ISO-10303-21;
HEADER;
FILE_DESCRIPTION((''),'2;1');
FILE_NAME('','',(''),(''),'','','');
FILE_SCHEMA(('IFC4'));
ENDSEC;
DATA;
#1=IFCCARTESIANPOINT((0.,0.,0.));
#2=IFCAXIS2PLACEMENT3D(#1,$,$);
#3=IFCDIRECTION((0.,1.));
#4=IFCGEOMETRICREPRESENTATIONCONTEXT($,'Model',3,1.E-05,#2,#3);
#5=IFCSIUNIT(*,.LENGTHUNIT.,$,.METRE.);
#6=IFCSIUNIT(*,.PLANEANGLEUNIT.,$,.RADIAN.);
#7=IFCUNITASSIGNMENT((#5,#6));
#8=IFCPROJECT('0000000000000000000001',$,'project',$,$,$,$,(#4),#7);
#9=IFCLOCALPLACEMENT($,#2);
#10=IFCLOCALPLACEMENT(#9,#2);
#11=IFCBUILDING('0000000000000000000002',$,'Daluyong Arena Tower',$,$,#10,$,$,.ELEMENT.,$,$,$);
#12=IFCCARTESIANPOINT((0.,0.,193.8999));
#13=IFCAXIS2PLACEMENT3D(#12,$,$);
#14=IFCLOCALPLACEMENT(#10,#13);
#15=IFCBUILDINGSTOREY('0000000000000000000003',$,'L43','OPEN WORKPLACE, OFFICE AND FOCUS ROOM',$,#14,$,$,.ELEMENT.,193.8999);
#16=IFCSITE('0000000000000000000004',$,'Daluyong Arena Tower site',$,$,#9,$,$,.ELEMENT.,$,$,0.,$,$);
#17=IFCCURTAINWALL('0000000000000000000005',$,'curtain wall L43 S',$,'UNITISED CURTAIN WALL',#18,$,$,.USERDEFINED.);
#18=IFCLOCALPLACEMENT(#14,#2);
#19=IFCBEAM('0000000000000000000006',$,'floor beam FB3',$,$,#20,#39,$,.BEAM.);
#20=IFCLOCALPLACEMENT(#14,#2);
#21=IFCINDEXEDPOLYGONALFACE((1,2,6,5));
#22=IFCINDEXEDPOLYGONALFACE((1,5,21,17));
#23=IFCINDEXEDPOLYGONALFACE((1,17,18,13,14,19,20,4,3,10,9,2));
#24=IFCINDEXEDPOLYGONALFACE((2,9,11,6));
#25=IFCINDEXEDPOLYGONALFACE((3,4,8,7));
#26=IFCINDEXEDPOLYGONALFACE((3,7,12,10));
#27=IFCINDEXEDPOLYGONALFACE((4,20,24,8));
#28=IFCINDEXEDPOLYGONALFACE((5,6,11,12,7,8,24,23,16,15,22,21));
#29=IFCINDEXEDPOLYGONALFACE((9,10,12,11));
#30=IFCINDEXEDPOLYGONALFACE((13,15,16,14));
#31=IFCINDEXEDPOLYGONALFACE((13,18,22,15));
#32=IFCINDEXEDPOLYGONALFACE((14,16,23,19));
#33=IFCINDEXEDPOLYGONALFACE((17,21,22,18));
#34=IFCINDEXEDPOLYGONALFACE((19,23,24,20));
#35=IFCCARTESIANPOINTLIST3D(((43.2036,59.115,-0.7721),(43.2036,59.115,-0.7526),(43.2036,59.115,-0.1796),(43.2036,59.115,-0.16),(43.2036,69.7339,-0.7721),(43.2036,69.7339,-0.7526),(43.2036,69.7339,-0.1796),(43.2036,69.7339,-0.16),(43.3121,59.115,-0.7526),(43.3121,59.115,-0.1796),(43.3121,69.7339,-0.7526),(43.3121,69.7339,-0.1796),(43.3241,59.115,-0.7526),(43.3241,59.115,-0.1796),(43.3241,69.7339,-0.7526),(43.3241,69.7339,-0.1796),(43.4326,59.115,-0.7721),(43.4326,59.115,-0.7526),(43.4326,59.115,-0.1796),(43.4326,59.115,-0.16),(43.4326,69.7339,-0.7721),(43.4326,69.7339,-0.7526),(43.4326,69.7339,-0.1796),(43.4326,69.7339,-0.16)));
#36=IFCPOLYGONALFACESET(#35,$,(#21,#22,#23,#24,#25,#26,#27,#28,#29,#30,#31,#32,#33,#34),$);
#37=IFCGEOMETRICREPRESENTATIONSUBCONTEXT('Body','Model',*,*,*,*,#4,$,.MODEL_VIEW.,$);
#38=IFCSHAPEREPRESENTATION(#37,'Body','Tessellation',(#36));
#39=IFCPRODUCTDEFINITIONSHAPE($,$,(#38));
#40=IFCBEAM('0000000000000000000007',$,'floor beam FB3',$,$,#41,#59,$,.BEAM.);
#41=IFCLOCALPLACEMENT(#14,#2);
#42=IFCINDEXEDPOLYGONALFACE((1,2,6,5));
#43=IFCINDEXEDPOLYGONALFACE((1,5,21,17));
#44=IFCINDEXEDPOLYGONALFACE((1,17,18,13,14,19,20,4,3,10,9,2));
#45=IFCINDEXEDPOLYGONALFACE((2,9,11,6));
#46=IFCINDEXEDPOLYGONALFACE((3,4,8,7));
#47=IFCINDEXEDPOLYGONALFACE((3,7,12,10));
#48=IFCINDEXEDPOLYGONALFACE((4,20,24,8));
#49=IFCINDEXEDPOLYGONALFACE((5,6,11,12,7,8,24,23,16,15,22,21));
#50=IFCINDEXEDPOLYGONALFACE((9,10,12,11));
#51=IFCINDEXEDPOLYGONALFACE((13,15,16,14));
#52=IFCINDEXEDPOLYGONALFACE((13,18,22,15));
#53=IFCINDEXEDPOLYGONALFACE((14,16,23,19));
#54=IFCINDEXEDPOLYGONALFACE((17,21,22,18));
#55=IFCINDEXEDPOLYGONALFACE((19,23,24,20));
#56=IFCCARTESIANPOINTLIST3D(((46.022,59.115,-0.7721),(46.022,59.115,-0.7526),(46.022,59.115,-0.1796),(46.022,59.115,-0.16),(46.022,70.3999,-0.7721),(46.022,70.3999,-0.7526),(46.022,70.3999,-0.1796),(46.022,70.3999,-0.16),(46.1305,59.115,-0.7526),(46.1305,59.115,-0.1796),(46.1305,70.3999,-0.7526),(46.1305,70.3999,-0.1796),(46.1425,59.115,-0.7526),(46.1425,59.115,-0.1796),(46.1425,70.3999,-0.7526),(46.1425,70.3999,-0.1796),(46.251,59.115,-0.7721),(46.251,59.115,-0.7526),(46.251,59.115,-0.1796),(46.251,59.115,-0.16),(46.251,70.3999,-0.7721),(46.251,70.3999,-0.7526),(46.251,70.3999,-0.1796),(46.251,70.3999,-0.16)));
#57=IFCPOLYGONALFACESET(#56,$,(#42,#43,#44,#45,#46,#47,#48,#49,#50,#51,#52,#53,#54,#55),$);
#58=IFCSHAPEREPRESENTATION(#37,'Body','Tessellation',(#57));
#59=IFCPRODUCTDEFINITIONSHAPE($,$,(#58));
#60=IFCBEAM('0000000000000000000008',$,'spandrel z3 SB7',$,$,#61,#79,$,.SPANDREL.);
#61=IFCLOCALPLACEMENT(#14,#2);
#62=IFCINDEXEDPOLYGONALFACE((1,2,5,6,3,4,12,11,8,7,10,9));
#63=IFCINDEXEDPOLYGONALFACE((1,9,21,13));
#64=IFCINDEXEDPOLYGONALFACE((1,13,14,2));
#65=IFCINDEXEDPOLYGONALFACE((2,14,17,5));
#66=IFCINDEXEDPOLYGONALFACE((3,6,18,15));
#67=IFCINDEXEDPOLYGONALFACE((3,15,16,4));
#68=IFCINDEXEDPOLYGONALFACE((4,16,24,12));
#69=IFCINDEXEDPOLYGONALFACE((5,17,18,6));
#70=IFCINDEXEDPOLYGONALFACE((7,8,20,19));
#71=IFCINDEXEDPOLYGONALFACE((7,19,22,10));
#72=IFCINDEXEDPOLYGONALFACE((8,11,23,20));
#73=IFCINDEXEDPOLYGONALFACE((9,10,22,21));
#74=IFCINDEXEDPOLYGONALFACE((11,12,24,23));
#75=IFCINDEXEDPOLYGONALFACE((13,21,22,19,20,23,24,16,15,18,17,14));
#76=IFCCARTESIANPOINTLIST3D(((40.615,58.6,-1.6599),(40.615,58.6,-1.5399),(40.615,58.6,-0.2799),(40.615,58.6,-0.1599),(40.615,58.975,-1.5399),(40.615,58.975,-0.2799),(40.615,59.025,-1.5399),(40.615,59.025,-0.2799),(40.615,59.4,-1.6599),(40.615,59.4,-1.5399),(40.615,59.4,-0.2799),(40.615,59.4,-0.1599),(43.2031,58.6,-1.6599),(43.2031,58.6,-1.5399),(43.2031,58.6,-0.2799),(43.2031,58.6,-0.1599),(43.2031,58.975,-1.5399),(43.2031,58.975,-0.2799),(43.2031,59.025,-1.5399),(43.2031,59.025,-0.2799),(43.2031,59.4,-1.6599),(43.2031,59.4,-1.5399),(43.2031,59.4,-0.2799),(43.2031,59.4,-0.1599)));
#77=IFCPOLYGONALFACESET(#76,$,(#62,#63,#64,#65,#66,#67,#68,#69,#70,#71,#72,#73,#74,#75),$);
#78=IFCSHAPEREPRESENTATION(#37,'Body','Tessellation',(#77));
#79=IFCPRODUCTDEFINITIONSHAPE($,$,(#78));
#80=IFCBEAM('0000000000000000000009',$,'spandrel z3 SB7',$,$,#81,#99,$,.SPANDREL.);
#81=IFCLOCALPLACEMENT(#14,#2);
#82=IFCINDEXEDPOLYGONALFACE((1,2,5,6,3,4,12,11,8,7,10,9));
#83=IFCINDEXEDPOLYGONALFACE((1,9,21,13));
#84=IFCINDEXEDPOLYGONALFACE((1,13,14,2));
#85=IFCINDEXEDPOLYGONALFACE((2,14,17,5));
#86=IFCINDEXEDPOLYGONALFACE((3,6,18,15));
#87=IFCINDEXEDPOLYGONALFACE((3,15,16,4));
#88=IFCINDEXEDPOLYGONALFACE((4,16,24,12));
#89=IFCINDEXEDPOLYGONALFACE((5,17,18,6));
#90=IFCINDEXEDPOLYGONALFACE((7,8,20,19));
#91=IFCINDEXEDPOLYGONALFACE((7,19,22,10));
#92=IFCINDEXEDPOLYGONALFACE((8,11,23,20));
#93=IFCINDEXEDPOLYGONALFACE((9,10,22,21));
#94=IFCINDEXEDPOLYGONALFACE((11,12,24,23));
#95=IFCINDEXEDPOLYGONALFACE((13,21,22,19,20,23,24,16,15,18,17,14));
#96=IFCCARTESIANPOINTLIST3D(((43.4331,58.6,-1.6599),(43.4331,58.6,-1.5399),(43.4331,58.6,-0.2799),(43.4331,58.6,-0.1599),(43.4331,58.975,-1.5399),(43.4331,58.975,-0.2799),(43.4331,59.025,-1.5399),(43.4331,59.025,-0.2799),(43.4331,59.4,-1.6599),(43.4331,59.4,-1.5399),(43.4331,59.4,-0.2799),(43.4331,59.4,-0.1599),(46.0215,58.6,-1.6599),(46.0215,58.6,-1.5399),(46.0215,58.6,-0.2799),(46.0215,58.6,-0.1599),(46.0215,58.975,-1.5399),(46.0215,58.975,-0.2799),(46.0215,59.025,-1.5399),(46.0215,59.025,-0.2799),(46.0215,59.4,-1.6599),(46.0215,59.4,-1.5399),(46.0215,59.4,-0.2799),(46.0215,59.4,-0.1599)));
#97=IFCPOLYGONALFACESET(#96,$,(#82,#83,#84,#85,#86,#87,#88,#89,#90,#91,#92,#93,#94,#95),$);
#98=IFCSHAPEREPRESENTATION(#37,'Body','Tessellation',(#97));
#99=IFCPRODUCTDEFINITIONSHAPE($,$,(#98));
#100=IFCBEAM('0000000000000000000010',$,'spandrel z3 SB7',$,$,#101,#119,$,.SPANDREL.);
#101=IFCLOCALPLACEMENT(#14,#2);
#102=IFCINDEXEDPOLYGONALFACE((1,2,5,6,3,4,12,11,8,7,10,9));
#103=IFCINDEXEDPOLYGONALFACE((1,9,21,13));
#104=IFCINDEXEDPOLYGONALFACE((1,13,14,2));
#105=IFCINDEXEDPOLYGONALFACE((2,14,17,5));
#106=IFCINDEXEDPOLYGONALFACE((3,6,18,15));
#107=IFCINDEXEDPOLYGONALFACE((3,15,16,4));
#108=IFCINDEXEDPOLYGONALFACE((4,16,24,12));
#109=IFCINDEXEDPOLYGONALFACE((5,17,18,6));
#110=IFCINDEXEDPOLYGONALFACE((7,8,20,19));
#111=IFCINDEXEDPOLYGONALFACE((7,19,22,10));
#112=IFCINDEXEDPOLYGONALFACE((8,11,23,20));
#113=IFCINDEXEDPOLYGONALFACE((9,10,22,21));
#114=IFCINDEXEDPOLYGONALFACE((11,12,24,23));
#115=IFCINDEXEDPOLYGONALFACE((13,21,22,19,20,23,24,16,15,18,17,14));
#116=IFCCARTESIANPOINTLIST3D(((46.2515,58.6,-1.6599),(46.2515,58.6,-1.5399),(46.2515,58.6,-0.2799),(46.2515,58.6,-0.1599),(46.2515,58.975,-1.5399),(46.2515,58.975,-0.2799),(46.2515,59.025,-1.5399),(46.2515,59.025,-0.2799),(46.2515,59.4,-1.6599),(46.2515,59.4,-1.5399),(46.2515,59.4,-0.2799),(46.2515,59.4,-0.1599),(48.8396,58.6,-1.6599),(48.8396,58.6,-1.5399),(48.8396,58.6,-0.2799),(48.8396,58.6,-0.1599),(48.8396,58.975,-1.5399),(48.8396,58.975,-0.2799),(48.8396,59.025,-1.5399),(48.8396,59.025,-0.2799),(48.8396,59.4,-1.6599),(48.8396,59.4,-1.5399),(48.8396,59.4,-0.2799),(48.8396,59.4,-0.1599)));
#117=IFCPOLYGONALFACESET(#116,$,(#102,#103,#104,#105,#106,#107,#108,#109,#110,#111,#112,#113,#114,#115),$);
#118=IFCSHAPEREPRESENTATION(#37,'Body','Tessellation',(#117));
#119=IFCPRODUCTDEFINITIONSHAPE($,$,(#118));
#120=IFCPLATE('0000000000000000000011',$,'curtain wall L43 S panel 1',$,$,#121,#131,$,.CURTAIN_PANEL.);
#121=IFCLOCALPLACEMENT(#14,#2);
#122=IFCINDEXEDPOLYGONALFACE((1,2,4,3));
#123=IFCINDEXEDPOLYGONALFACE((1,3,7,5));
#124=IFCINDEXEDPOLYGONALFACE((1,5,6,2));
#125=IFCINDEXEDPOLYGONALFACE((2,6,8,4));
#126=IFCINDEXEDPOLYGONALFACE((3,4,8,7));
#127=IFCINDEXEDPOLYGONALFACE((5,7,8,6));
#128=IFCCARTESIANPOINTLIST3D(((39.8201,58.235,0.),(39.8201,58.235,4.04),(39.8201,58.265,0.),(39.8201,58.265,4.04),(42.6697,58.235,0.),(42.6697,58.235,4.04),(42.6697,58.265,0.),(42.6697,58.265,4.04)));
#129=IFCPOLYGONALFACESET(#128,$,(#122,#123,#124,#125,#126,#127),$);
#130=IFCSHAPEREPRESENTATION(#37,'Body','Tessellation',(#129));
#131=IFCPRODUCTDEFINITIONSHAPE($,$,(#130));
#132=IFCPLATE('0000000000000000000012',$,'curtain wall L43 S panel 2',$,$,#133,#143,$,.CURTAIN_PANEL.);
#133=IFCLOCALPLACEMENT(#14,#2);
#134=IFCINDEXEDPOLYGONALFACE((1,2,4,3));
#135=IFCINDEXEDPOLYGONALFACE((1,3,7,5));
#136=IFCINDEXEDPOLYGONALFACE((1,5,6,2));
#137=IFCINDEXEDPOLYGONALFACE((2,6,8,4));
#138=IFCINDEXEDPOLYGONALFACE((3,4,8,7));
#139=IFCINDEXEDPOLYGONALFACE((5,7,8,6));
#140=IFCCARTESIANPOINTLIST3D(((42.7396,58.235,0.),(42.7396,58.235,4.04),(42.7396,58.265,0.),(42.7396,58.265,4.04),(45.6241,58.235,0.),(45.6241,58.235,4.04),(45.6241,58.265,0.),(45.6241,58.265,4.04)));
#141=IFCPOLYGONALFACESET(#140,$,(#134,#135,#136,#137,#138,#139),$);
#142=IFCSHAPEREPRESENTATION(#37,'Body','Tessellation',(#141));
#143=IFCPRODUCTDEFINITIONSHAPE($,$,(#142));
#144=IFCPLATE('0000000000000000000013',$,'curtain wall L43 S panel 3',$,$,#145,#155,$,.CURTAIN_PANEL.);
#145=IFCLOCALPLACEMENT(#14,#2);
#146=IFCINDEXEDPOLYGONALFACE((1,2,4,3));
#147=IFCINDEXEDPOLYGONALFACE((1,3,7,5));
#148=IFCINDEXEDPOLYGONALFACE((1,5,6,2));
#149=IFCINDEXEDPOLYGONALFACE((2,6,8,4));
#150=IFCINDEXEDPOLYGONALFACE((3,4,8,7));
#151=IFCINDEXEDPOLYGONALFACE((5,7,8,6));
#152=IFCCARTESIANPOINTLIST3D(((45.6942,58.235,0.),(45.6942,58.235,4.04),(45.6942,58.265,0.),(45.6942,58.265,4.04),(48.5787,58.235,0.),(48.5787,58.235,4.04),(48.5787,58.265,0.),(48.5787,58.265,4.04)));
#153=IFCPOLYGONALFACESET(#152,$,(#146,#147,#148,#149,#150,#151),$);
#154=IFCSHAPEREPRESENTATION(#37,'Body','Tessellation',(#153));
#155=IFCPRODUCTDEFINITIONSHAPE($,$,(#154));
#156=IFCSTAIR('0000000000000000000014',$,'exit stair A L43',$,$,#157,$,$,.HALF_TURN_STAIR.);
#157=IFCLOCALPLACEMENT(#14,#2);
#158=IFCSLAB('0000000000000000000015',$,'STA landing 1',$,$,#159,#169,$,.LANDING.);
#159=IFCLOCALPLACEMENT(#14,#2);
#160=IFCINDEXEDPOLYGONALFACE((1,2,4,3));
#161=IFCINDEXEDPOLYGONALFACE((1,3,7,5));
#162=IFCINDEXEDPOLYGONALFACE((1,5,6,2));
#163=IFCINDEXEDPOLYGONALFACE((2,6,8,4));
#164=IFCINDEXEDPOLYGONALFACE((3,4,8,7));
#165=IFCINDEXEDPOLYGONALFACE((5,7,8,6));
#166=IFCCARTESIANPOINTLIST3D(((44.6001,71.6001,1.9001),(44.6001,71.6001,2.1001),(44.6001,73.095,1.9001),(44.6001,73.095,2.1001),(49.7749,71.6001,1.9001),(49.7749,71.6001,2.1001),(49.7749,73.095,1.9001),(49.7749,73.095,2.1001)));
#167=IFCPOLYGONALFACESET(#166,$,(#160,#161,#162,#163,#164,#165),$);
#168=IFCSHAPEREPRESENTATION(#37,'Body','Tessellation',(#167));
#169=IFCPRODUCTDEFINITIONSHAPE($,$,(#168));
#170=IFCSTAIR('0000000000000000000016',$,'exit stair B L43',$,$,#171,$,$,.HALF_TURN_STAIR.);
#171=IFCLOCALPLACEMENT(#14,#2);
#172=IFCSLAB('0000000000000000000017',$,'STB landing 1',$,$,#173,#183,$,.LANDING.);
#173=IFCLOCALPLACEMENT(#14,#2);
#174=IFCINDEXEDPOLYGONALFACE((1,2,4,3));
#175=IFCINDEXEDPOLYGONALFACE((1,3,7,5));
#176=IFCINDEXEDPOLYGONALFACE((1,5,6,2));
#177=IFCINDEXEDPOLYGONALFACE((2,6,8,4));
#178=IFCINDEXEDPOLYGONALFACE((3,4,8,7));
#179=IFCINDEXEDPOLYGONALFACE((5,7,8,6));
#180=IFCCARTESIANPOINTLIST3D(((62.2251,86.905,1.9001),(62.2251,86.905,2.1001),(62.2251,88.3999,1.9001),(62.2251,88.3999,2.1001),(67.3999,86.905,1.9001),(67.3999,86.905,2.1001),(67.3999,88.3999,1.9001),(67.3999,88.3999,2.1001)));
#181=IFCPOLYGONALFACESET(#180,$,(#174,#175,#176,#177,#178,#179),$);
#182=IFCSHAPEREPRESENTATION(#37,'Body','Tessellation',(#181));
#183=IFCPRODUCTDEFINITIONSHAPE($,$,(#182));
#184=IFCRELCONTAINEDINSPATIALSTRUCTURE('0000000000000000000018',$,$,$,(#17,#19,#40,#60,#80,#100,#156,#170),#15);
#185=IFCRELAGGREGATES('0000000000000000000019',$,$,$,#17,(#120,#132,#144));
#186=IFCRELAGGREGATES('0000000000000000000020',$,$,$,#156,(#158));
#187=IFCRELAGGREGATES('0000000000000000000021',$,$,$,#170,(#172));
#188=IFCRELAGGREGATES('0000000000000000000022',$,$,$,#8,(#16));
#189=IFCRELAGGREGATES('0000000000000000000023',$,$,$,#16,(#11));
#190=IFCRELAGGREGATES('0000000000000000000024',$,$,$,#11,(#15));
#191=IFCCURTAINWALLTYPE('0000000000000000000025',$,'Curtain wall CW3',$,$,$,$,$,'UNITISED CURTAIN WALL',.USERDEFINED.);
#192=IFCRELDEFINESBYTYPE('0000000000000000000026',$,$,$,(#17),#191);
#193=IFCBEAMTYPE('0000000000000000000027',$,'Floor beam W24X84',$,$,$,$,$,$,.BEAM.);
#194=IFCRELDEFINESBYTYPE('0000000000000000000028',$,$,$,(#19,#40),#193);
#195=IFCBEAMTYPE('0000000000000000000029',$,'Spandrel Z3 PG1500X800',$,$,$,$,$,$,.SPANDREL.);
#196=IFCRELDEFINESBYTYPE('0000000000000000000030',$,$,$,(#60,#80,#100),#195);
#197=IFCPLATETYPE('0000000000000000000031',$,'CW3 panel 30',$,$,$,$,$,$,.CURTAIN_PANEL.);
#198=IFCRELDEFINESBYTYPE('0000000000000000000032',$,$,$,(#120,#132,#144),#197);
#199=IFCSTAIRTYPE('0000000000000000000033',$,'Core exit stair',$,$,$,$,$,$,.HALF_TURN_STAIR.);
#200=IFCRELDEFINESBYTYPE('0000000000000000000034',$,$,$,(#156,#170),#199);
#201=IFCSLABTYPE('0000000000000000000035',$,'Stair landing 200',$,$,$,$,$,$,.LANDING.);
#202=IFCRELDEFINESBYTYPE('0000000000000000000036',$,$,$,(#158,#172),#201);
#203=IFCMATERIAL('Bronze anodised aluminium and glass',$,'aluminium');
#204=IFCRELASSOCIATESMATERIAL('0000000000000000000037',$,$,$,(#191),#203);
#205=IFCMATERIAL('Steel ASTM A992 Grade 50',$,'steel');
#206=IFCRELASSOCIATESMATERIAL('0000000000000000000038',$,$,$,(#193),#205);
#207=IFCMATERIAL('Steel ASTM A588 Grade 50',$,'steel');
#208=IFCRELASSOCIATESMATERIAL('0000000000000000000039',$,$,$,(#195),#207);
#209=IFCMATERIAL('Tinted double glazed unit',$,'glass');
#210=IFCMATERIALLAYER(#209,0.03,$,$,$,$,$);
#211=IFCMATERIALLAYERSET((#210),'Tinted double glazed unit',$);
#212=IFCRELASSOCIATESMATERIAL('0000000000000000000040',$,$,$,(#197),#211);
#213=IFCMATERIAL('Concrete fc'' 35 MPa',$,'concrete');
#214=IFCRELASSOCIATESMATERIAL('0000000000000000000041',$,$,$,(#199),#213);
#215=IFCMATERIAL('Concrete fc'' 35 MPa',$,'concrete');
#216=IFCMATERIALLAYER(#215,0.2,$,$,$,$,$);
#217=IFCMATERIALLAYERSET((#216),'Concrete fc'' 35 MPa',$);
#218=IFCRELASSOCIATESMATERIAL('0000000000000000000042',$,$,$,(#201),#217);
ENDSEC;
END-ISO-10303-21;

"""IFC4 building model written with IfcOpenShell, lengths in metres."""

from ifc_helpers import new_model, si_unit, direction, frame, origin, origin_2d, place, context, subcontext, project, spatial, polyline, rectangle, i_section, outline, extrude, material, layer, layer_set, material_profile, profile_set, type_object, element, aggregate, save


model = new_model("IFC4")

# Units and contexts
model_context = context("Model", 3, precision=1e-05, world=origin(), true_north=direction((0.0, 1.0)))
body_context = subcontext(model_context, "Body", "Model", "MODEL_VIEW")
ifc_project = project(units=[si_unit("LENGTHUNIT", "METRE"), si_unit("PLANEANGLEUNIT", "RADIAN")], contexts=[model_context])

# Site, building, storey
site_placement = place(None, origin())
site = spatial("IfcSite", under=ifc_project, at=site_placement, Name="Daluyong Arena Tower site", CompositionType="ELEMENT", RefElevation=0.0)
building_placement = place(site_placement, origin())
building = spatial("IfcBuilding", under=site, at=building_placement, Name="Daluyong Arena Tower", CompositionType="ELEMENT")
storey_placement = place(building_placement, frame((0.0, 0.0, 193.8999)))
storey = spatial("IfcBuildingStorey", under=building, at=storey_placement, Name="L43", Description="OPEN WORKPLACE, OFFICE AND FOCUS ROOM", CompositionType="ELEMENT", Elevation=193.8999)

# Curtain wall
ifc_material_1 = material(Name="Bronze anodised aluminium and glass", Category="aluminium")
curtain_wall_type_1 = type_object("IfcCurtainWallType", Name="Curtain wall CW3", ElementType="UNITISED CURTAIN WALL", PredefinedType="USERDEFINED", material=ifc_material_1)
curtain_wall_1_placement = place(storey_placement, origin())
curtain_wall_1 = element("IfcCurtainWall", 1, at=curtain_wall_1_placement, inside=storey, type_object=curtain_wall_type_1, Name="curtain wall L43 S", ObjectType="UNITISED CURTAIN WALL", PredefinedType="USERDEFINED")

# Beams
ifc_material_2 = material(Name="Steel ASTM A992 Grade 50", Category="steel")
ifc_material_profile_1 = material_profile(ifc_material_2, i_section(OverallWidth=0.229, OverallDepth=0.6121, WebThickness=0.012, FlangeThickness=0.0195, at=origin_2d()))
ifc_profile_set_1 = profile_set([ifc_material_profile_1], Name="Steel ASTM A992 Grade 50")
beam_type_1 = type_object("IfcBeamType", Name="Floor beam W24X84", PredefinedType="BEAM", material=ifc_profile_set_1)
beam_1_placement = place(storey_placement, frame((43.3181, 59.115, -0.4661), z_axis=(0.0, 1.0, 0.0), x_axis=(-1.0, 0.0, 0.0)))
element("IfcBeam", 2, at=beam_1_placement, inside=storey, type_object=beam_type_1, Name="floor beam FB3", PredefinedType="BEAM", context=body_context, shape_type="SweptSolid", body=[
    extrude(i_section(OverallWidth=0.229, OverallDepth=0.6121, WebThickness=0.012, FlangeThickness=0.0195, at=origin_2d()), origin(), (0.0, 0.0, 1.0), 10.6189),
])
beam_2_placement = place(storey_placement, frame((46.1365, 59.115, -0.4661), z_axis=(0.0, 1.0, 0.0), x_axis=(-1.0, 0.0, 0.0)))
element("IfcBeam", 3, at=beam_2_placement, inside=storey, type_object=beam_type_1, Name="floor beam FB3", PredefinedType="BEAM", context=body_context, shape_type="SweptSolid", body=[
    extrude(i_section(OverallWidth=0.229, OverallDepth=0.6121, WebThickness=0.012, FlangeThickness=0.0195, at=origin_2d()), origin(), (0.0, 0.0, 1.0), 11.2849),
])
ifc_material_3 = material(Name="Steel ASTM A588 Grade 50", Category="steel")
ifc_material_profile_2 = material_profile(ifc_material_3, i_section(OverallWidth=0.8, OverallDepth=1.5, WebThickness=0.05, FlangeThickness=0.12, at=origin_2d()))
ifc_profile_set_2 = profile_set([ifc_material_profile_2], Name="Steel ASTM A588 Grade 50")
beam_type_2 = type_object("IfcBeamType", Name="Spandrel Z3 PG1500X800", PredefinedType="SPANDREL", material=ifc_profile_set_2)
beam_3_placement = place(storey_placement, frame((40.615, 59.0, -0.9099), z_axis=(1.0, 0.0, 0.0), x_axis=(0.0, 1.0, 0.0)))
element("IfcBeam", 4, at=beam_3_placement, inside=storey, type_object=beam_type_2, Name="spandrel z3 SB7", PredefinedType="SPANDREL", context=body_context, shape_type="SweptSolid", body=[
    extrude(i_section(OverallWidth=0.8, OverallDepth=1.5, WebThickness=0.05, FlangeThickness=0.12, at=origin_2d()), origin(), (0.0, 0.0, 1.0), 2.5881),
])
beam_4_placement = place(storey_placement, frame((43.4331, 59.0, -0.9099), z_axis=(1.0, 0.0, 0.0), x_axis=(0.0, 1.0, 0.0)))
element("IfcBeam", 5, at=beam_4_placement, inside=storey, type_object=beam_type_2, Name="spandrel z3 SB7", PredefinedType="SPANDREL", context=body_context, shape_type="SweptSolid", body=[
    extrude(i_section(OverallWidth=0.8, OverallDepth=1.5, WebThickness=0.05, FlangeThickness=0.12, at=origin_2d()), origin(), (0.0, 0.0, 1.0), 2.5884),
])
beam_5_placement = place(storey_placement, frame((46.2515, 59.0, -0.9099), z_axis=(1.0, 0.0, 0.0), x_axis=(0.0, 1.0, 0.0)))
element("IfcBeam", 6, at=beam_5_placement, inside=storey, type_object=beam_type_2, Name="spandrel z3 SB7", PredefinedType="SPANDREL", context=body_context, shape_type="SweptSolid", body=[
    extrude(i_section(OverallWidth=0.8, OverallDepth=1.5, WebThickness=0.05, FlangeThickness=0.12, at=origin_2d()), origin(), (0.0, 0.0, 1.0), 2.5881),
])

# Plates
ifc_material_4 = material(Name="Tinted double glazed unit", Category="glass")
ifc_layer_1 = layer(ifc_material_4, 0.03)
ifc_layer_set_1 = layer_set([ifc_layer_1], Name="Tinted double glazed unit")
plate_type = type_object("IfcPlateType", Name="CW3 panel 30", PredefinedType="CURTAIN_PANEL", material=ifc_layer_set_1)
plate_1_placement = place(storey_placement, frame((41.2449, 58.25, 0.0), z_axis=(0.0, 0.0, 1.0), x_axis=(1.0, 0.0, 0.0)))
plate_1 = element("IfcPlate", 7, at=plate_1_placement, type_object=plate_type, Name="curtain wall L43 S panel 1", PredefinedType="CURTAIN_PANEL", context=body_context, shape_type="SweptSolid", body=[
    extrude(rectangle(XDim=2.8496, YDim=0.03, at=origin_2d()), origin(), (0.0, 0.0, 1.0), 4.04),
])
plate_2_placement = place(storey_placement, frame((44.1819, 58.25, 0.0), z_axis=(0.0, 0.0, 1.0), x_axis=(1.0, 0.0, 0.0)))
plate_2 = element("IfcPlate", 8, at=plate_2_placement, type_object=plate_type, Name="curtain wall L43 S panel 2", PredefinedType="CURTAIN_PANEL", context=body_context, shape_type="SweptSolid", body=[
    extrude(rectangle(XDim=2.8845, YDim=0.03, at=origin_2d()), origin(), (0.0, 0.0, 1.0), 4.04),
])
plate_3_placement = place(storey_placement, frame((47.1365, 58.25, 0.0), z_axis=(0.0, 0.0, 1.0), x_axis=(1.0, 0.0, 0.0)))
plate_3 = element("IfcPlate", 9, at=plate_3_placement, type_object=plate_type, Name="curtain wall L43 S panel 3", PredefinedType="CURTAIN_PANEL", context=body_context, shape_type="SweptSolid", body=[
    extrude(rectangle(XDim=2.8845, YDim=0.03, at=origin_2d()), origin(), (0.0, 0.0, 1.0), 4.04),
])
aggregate(curtain_wall_1, [plate_1, plate_2, plate_3])

# Stairs, slabs
ifc_material_5 = material(Name="Concrete fc' 35 MPa", Category="concrete")
stair_type = type_object("IfcStairType", Name="Core exit stair", PredefinedType="HALF_TURN_STAIR", material=ifc_material_5)
stair_1_placement = place(storey_placement, origin())
stair_1 = element("IfcStair", 10, at=stair_1_placement, inside=storey, type_object=stair_type, Name="exit stair A L43", PredefinedType="HALF_TURN_STAIR")
ifc_material_6 = material(Name="Concrete fc' 35 MPa", Category="concrete")
ifc_layer_2 = layer(ifc_material_6, 0.2)
ifc_layer_set_2 = layer_set([ifc_layer_2], Name="Concrete fc' 35 MPa")
slab_type = type_object("IfcSlabType", Name="Stair landing 200", PredefinedType="LANDING", material=ifc_layer_set_2)
slab_1_placement = place(storey_placement, frame((0.0, 0.0, 1.9001)))
slab_1 = element("IfcSlab", 11, at=slab_1_placement, type_object=slab_type, Name="STA landing 1", PredefinedType="LANDING", context=body_context, shape_type="SweptSolid", body=[
    extrude(outline(polyline([(44.6001, 71.6001), (49.7749, 71.6001), (49.7749, 73.095), (44.6001, 73.095), (44.6001, 71.6001)])), origin(), (0.0, 0.0, 1.0), 0.2),
])
aggregate(stair_1, [slab_1])
stair_2_placement = place(storey_placement, origin())
stair_2 = element("IfcStair", 12, at=stair_2_placement, inside=storey, type_object=stair_type, Name="exit stair B L43", PredefinedType="HALF_TURN_STAIR")
slab_2_placement = place(storey_placement, frame((0.0, 0.0, 1.9001)))
slab_2 = element("IfcSlab", 13, at=slab_2_placement, type_object=slab_type, Name="STB landing 1", PredefinedType="LANDING", context=body_context, shape_type="SweptSolid", body=[
    extrude(outline(polyline([(62.2251, 86.905), (67.3999, 86.905), (67.3999, 88.3999), (62.2251, 88.3999), (62.2251, 86.905)])), origin(), (0.0, 0.0, 1.0), 0.2),
])
aggregate(stair_2, [slab_2])

save(model, "model.ifc")
